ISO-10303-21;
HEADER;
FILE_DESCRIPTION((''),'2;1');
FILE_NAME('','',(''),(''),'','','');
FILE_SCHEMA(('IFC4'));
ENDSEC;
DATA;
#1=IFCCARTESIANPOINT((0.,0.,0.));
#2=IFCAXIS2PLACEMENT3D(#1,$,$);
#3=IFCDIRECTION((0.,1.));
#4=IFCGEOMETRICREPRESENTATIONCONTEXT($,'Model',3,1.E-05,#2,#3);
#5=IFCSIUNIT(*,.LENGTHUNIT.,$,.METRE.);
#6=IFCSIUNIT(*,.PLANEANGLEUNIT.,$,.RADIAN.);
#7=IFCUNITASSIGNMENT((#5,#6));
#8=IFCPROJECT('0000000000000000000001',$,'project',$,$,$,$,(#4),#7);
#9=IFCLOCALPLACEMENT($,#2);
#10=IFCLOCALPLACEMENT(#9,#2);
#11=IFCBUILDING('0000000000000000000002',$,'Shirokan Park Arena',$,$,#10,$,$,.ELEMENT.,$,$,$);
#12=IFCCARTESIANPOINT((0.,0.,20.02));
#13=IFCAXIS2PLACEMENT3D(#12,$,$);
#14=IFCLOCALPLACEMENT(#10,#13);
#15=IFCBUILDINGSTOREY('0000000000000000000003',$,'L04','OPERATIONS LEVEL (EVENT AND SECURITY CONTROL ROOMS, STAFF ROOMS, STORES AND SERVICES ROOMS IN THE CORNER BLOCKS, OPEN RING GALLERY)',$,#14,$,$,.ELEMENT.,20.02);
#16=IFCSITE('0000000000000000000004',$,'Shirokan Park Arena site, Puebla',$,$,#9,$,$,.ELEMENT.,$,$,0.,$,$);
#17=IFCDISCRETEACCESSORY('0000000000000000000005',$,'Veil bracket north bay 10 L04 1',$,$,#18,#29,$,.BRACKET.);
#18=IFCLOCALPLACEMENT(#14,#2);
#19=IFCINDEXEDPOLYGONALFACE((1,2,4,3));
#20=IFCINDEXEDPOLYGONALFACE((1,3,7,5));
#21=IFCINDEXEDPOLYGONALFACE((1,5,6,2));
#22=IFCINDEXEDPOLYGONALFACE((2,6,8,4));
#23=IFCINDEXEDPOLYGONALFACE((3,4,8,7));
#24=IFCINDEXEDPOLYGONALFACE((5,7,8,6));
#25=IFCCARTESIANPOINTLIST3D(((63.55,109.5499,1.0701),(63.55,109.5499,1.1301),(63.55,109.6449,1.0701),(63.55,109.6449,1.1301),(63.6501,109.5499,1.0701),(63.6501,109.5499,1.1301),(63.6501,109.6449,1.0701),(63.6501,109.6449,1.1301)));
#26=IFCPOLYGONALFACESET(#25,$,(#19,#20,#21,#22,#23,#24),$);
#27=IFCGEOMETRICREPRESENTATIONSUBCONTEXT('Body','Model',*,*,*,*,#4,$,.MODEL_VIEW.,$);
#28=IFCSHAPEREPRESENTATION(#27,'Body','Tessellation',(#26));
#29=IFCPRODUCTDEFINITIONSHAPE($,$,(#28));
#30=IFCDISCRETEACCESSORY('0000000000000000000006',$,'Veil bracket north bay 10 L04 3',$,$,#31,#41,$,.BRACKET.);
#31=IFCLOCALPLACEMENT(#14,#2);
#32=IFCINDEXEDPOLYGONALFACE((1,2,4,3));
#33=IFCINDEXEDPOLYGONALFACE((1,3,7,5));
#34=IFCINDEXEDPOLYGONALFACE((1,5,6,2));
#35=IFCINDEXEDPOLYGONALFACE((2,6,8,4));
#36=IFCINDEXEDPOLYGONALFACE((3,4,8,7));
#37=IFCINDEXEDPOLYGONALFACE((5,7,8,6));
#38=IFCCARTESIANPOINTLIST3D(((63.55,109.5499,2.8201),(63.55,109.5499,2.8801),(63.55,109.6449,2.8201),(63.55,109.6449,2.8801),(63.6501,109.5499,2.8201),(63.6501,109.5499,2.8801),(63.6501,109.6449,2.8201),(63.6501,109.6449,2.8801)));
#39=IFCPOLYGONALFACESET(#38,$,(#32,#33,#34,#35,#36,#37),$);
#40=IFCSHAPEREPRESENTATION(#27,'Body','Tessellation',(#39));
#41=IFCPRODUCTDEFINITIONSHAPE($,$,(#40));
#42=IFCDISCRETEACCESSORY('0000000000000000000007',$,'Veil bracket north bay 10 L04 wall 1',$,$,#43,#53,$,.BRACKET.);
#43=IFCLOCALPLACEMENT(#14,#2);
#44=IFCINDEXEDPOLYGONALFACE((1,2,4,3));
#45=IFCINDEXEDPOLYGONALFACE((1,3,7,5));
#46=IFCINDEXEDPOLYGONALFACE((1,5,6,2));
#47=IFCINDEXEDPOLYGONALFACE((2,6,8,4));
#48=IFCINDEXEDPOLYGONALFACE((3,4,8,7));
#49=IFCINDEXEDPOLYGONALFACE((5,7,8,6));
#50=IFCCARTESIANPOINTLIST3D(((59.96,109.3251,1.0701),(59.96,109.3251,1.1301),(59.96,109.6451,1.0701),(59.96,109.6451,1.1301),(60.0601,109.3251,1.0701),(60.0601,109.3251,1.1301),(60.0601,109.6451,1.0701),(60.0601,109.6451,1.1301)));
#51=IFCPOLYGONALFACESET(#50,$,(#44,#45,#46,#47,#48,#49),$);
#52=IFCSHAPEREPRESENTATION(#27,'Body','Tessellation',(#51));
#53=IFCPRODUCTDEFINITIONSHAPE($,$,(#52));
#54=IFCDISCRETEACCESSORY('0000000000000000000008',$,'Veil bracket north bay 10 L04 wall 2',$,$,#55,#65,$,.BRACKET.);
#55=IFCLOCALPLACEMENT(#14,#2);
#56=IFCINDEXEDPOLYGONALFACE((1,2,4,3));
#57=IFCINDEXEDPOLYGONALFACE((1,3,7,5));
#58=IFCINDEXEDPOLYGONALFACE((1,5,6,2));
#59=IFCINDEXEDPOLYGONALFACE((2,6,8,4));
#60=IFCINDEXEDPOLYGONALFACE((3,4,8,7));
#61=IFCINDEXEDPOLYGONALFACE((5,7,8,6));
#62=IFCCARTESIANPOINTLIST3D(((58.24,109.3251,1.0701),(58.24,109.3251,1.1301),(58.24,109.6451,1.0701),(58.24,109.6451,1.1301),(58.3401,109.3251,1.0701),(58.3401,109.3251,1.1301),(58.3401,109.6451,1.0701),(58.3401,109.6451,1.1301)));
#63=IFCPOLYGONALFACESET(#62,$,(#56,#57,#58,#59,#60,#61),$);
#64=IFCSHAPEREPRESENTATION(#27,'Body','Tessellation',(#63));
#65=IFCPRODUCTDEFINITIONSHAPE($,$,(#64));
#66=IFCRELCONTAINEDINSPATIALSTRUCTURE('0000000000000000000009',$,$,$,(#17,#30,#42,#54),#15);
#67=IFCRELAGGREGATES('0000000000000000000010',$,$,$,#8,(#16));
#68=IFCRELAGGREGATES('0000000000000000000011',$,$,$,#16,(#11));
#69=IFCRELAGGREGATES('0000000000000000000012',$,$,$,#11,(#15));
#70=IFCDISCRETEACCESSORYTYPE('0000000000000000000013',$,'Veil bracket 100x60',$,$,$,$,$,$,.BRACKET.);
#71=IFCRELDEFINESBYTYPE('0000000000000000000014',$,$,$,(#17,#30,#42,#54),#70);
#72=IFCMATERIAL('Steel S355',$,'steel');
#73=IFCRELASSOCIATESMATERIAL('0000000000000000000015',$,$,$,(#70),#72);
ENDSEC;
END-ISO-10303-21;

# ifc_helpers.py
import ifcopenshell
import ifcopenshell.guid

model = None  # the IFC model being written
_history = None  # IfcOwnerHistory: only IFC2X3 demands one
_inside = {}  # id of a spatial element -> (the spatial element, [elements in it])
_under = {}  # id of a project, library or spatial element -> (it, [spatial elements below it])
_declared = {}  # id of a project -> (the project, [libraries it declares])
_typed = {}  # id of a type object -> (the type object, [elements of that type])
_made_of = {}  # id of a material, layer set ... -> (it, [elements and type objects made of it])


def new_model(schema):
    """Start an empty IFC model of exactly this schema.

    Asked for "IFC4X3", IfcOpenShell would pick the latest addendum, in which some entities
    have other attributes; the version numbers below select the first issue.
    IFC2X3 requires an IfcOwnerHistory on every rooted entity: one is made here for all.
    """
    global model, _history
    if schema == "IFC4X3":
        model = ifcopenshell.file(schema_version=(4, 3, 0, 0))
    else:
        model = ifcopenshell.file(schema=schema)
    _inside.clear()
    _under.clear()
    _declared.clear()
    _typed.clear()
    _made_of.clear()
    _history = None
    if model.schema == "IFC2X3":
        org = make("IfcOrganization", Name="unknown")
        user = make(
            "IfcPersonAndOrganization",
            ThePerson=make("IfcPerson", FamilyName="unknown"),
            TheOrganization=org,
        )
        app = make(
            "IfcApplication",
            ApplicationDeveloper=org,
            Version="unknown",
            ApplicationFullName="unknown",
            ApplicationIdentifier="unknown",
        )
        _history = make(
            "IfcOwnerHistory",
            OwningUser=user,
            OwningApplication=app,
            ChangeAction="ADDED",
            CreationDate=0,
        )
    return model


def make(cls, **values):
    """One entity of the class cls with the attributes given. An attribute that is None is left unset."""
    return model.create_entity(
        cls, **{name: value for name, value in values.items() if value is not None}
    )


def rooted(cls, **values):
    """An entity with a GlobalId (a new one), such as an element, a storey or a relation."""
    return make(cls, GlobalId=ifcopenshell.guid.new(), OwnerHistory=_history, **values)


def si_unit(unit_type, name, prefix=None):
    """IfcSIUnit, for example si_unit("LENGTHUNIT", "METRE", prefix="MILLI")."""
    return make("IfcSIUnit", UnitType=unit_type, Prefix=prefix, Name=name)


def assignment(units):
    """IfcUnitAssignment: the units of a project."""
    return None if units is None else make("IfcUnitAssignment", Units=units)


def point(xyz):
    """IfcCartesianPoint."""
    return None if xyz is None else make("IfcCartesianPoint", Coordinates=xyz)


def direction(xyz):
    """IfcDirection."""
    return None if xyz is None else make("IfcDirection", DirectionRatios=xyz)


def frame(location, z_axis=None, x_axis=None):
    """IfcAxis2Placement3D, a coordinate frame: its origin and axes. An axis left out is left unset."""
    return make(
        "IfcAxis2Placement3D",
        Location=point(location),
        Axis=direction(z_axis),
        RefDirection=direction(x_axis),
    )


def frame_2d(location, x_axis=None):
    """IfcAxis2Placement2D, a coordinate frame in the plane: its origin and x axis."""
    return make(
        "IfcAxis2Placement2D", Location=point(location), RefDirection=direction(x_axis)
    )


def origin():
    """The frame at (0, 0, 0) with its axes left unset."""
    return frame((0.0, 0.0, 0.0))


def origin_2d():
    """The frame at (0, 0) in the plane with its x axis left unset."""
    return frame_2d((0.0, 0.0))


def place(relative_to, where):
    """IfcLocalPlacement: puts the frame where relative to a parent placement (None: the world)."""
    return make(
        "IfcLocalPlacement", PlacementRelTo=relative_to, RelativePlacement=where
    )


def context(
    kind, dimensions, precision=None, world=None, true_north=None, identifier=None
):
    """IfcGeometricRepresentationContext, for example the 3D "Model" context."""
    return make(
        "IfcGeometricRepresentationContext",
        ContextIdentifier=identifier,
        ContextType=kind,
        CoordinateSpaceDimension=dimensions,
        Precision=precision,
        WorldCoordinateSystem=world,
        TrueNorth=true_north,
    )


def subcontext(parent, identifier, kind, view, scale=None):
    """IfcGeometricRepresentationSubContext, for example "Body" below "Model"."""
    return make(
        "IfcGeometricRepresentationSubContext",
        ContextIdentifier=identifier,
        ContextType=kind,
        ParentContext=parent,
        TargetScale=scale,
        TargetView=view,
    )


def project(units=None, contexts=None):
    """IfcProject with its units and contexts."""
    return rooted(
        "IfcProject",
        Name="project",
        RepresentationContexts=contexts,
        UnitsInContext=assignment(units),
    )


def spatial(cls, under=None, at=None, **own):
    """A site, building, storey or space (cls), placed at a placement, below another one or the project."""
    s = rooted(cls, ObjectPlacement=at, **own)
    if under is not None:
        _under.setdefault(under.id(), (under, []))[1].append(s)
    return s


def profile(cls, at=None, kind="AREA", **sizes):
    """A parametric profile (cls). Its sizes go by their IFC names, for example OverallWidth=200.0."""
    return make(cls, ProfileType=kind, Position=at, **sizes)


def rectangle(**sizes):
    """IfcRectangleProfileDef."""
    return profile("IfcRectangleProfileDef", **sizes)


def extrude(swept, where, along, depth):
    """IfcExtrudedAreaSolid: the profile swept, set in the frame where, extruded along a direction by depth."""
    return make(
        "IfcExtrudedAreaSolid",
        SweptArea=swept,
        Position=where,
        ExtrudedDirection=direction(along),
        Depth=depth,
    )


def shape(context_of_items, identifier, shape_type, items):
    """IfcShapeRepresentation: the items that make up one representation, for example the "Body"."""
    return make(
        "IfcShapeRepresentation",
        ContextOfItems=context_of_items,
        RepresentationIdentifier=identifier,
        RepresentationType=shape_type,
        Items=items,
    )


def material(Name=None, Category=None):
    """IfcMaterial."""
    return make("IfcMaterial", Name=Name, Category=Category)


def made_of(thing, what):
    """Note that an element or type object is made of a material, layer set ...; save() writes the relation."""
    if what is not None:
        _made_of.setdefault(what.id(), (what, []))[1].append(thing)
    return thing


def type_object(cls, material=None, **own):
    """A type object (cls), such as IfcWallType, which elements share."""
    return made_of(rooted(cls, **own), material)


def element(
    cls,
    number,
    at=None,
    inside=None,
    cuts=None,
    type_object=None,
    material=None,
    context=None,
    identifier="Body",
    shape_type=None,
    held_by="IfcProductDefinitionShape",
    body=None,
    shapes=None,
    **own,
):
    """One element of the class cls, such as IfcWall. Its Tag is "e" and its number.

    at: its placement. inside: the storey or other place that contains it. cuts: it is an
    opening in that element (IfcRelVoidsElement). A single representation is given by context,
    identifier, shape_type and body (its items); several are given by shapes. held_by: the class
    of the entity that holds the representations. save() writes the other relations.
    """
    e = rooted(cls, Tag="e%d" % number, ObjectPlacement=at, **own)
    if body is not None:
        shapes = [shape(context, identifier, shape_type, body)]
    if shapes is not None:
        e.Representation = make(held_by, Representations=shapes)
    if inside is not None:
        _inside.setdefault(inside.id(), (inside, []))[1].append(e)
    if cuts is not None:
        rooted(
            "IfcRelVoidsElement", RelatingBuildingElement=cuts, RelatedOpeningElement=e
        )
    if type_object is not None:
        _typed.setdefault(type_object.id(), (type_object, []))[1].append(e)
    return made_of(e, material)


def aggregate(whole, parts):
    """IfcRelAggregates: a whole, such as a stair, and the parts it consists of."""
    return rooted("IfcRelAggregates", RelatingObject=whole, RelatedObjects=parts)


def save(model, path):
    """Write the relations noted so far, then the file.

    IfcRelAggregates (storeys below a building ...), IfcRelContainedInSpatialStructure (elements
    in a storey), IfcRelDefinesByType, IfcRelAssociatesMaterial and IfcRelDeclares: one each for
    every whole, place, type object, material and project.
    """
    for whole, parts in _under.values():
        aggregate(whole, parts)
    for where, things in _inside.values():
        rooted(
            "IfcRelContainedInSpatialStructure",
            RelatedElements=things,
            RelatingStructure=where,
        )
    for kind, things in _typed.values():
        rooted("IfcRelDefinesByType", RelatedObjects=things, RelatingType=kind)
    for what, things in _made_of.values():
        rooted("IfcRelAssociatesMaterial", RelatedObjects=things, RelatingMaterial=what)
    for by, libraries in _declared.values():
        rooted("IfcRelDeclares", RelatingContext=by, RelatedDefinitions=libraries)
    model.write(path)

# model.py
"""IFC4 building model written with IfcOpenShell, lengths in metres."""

from ifc_helpers import new_model, si_unit, direction, frame, origin, origin_2d, place, context, subcontext, project, spatial, rectangle, extrude, material, type_object, element, save


model = new_model("IFC4")

# Units and contexts
model_context = context("Model", 3, precision=1e-05, world=origin(), true_north=direction((0.0, 1.0)))
body_context = subcontext(model_context, "Body", "Model", "MODEL_VIEW")
ifc_project = project(units=[si_unit("LENGTHUNIT", "METRE"), si_unit("PLANEANGLEUNIT", "RADIAN")], contexts=[model_context])

# Site, building, storey
site_placement = place(None, origin())
site = spatial("IfcSite", under=ifc_project, at=site_placement, Name="Shirokan Park Arena site, Puebla", CompositionType="ELEMENT", RefElevation=0.0)
building_placement = place(site_placement, origin())
building = spatial("IfcBuilding", under=site, at=building_placement, Name="Shirokan Park Arena", CompositionType="ELEMENT")
storey_placement = place(building_placement, frame((0.0, 0.0, 20.02)))
storey = spatial("IfcBuildingStorey", under=building, at=storey_placement, Name="L04", Description="OPERATIONS LEVEL (EVENT AND SECURITY CONTROL ROOMS, STAFF ROOMS, STORES AND SERVICES ROOMS IN THE CORNER BLOCKS, OPEN RING GALLERY)", CompositionType="ELEMENT", Elevation=20.02)

# Shared definitions
ifc_material_1 = material(Name="Steel S355", Category="steel")

# Discrete accessories
discrete_accessory_type = type_object("IfcDiscreteAccessoryType", Name="Veil bracket 100x60", PredefinedType="BRACKET", material=ifc_material_1)
for number, where, z_axis, x_axis, name in (
    (1, (63.6001, 109.5974, 1.0701), (0.0, 0.0, 1.0), (-1.0, 0.0, 0.0), "Veil bracket north bay 10 L04 1"),
    (2, (63.6001, 109.5974, 2.8201), (0.0, 0.0, 1.0), (-1.0, 0.0, 0.0), "Veil bracket north bay 10 L04 3"),
):
    element("IfcDiscreteAccessory", number, at=place(storey_placement, frame(where, z_axis=z_axis, x_axis=x_axis)), inside=storey, type_object=discrete_accessory_type, Name=name, PredefinedType="BRACKET", context=body_context, shape_type="SweptSolid", body=[
        extrude(rectangle(XDim=0.1001, YDim=0.095, at=origin_2d()), origin(), (0.0, 0.0, 1.0), 0.0601),
    ])
for number, where, z_axis, x_axis, name in (
    (3, (60.01, 109.4851, 1.0701), (0.0, 0.0, 1.0), (-1.0, 0.0, 0.0), "Veil bracket north bay 10 L04 wall 1"),
    (4, (58.29, 109.4851, 1.0701), (0.0, 0.0, 1.0), (-1.0, 0.0, 0.0), "Veil bracket north bay 10 L04 wall 2"),
):
    element("IfcDiscreteAccessory", number, at=place(storey_placement, frame(where, z_axis=z_axis, x_axis=x_axis)), inside=storey, type_object=discrete_accessory_type, Name=name, PredefinedType="BRACKET", context=body_context, shape_type="SweptSolid", body=[
        extrude(rectangle(XDim=0.1001, YDim=0.3201, at=origin_2d()), origin(), (0.0, 0.0, 1.0), 0.0601),
    ])

save(model, "model.ifc")
